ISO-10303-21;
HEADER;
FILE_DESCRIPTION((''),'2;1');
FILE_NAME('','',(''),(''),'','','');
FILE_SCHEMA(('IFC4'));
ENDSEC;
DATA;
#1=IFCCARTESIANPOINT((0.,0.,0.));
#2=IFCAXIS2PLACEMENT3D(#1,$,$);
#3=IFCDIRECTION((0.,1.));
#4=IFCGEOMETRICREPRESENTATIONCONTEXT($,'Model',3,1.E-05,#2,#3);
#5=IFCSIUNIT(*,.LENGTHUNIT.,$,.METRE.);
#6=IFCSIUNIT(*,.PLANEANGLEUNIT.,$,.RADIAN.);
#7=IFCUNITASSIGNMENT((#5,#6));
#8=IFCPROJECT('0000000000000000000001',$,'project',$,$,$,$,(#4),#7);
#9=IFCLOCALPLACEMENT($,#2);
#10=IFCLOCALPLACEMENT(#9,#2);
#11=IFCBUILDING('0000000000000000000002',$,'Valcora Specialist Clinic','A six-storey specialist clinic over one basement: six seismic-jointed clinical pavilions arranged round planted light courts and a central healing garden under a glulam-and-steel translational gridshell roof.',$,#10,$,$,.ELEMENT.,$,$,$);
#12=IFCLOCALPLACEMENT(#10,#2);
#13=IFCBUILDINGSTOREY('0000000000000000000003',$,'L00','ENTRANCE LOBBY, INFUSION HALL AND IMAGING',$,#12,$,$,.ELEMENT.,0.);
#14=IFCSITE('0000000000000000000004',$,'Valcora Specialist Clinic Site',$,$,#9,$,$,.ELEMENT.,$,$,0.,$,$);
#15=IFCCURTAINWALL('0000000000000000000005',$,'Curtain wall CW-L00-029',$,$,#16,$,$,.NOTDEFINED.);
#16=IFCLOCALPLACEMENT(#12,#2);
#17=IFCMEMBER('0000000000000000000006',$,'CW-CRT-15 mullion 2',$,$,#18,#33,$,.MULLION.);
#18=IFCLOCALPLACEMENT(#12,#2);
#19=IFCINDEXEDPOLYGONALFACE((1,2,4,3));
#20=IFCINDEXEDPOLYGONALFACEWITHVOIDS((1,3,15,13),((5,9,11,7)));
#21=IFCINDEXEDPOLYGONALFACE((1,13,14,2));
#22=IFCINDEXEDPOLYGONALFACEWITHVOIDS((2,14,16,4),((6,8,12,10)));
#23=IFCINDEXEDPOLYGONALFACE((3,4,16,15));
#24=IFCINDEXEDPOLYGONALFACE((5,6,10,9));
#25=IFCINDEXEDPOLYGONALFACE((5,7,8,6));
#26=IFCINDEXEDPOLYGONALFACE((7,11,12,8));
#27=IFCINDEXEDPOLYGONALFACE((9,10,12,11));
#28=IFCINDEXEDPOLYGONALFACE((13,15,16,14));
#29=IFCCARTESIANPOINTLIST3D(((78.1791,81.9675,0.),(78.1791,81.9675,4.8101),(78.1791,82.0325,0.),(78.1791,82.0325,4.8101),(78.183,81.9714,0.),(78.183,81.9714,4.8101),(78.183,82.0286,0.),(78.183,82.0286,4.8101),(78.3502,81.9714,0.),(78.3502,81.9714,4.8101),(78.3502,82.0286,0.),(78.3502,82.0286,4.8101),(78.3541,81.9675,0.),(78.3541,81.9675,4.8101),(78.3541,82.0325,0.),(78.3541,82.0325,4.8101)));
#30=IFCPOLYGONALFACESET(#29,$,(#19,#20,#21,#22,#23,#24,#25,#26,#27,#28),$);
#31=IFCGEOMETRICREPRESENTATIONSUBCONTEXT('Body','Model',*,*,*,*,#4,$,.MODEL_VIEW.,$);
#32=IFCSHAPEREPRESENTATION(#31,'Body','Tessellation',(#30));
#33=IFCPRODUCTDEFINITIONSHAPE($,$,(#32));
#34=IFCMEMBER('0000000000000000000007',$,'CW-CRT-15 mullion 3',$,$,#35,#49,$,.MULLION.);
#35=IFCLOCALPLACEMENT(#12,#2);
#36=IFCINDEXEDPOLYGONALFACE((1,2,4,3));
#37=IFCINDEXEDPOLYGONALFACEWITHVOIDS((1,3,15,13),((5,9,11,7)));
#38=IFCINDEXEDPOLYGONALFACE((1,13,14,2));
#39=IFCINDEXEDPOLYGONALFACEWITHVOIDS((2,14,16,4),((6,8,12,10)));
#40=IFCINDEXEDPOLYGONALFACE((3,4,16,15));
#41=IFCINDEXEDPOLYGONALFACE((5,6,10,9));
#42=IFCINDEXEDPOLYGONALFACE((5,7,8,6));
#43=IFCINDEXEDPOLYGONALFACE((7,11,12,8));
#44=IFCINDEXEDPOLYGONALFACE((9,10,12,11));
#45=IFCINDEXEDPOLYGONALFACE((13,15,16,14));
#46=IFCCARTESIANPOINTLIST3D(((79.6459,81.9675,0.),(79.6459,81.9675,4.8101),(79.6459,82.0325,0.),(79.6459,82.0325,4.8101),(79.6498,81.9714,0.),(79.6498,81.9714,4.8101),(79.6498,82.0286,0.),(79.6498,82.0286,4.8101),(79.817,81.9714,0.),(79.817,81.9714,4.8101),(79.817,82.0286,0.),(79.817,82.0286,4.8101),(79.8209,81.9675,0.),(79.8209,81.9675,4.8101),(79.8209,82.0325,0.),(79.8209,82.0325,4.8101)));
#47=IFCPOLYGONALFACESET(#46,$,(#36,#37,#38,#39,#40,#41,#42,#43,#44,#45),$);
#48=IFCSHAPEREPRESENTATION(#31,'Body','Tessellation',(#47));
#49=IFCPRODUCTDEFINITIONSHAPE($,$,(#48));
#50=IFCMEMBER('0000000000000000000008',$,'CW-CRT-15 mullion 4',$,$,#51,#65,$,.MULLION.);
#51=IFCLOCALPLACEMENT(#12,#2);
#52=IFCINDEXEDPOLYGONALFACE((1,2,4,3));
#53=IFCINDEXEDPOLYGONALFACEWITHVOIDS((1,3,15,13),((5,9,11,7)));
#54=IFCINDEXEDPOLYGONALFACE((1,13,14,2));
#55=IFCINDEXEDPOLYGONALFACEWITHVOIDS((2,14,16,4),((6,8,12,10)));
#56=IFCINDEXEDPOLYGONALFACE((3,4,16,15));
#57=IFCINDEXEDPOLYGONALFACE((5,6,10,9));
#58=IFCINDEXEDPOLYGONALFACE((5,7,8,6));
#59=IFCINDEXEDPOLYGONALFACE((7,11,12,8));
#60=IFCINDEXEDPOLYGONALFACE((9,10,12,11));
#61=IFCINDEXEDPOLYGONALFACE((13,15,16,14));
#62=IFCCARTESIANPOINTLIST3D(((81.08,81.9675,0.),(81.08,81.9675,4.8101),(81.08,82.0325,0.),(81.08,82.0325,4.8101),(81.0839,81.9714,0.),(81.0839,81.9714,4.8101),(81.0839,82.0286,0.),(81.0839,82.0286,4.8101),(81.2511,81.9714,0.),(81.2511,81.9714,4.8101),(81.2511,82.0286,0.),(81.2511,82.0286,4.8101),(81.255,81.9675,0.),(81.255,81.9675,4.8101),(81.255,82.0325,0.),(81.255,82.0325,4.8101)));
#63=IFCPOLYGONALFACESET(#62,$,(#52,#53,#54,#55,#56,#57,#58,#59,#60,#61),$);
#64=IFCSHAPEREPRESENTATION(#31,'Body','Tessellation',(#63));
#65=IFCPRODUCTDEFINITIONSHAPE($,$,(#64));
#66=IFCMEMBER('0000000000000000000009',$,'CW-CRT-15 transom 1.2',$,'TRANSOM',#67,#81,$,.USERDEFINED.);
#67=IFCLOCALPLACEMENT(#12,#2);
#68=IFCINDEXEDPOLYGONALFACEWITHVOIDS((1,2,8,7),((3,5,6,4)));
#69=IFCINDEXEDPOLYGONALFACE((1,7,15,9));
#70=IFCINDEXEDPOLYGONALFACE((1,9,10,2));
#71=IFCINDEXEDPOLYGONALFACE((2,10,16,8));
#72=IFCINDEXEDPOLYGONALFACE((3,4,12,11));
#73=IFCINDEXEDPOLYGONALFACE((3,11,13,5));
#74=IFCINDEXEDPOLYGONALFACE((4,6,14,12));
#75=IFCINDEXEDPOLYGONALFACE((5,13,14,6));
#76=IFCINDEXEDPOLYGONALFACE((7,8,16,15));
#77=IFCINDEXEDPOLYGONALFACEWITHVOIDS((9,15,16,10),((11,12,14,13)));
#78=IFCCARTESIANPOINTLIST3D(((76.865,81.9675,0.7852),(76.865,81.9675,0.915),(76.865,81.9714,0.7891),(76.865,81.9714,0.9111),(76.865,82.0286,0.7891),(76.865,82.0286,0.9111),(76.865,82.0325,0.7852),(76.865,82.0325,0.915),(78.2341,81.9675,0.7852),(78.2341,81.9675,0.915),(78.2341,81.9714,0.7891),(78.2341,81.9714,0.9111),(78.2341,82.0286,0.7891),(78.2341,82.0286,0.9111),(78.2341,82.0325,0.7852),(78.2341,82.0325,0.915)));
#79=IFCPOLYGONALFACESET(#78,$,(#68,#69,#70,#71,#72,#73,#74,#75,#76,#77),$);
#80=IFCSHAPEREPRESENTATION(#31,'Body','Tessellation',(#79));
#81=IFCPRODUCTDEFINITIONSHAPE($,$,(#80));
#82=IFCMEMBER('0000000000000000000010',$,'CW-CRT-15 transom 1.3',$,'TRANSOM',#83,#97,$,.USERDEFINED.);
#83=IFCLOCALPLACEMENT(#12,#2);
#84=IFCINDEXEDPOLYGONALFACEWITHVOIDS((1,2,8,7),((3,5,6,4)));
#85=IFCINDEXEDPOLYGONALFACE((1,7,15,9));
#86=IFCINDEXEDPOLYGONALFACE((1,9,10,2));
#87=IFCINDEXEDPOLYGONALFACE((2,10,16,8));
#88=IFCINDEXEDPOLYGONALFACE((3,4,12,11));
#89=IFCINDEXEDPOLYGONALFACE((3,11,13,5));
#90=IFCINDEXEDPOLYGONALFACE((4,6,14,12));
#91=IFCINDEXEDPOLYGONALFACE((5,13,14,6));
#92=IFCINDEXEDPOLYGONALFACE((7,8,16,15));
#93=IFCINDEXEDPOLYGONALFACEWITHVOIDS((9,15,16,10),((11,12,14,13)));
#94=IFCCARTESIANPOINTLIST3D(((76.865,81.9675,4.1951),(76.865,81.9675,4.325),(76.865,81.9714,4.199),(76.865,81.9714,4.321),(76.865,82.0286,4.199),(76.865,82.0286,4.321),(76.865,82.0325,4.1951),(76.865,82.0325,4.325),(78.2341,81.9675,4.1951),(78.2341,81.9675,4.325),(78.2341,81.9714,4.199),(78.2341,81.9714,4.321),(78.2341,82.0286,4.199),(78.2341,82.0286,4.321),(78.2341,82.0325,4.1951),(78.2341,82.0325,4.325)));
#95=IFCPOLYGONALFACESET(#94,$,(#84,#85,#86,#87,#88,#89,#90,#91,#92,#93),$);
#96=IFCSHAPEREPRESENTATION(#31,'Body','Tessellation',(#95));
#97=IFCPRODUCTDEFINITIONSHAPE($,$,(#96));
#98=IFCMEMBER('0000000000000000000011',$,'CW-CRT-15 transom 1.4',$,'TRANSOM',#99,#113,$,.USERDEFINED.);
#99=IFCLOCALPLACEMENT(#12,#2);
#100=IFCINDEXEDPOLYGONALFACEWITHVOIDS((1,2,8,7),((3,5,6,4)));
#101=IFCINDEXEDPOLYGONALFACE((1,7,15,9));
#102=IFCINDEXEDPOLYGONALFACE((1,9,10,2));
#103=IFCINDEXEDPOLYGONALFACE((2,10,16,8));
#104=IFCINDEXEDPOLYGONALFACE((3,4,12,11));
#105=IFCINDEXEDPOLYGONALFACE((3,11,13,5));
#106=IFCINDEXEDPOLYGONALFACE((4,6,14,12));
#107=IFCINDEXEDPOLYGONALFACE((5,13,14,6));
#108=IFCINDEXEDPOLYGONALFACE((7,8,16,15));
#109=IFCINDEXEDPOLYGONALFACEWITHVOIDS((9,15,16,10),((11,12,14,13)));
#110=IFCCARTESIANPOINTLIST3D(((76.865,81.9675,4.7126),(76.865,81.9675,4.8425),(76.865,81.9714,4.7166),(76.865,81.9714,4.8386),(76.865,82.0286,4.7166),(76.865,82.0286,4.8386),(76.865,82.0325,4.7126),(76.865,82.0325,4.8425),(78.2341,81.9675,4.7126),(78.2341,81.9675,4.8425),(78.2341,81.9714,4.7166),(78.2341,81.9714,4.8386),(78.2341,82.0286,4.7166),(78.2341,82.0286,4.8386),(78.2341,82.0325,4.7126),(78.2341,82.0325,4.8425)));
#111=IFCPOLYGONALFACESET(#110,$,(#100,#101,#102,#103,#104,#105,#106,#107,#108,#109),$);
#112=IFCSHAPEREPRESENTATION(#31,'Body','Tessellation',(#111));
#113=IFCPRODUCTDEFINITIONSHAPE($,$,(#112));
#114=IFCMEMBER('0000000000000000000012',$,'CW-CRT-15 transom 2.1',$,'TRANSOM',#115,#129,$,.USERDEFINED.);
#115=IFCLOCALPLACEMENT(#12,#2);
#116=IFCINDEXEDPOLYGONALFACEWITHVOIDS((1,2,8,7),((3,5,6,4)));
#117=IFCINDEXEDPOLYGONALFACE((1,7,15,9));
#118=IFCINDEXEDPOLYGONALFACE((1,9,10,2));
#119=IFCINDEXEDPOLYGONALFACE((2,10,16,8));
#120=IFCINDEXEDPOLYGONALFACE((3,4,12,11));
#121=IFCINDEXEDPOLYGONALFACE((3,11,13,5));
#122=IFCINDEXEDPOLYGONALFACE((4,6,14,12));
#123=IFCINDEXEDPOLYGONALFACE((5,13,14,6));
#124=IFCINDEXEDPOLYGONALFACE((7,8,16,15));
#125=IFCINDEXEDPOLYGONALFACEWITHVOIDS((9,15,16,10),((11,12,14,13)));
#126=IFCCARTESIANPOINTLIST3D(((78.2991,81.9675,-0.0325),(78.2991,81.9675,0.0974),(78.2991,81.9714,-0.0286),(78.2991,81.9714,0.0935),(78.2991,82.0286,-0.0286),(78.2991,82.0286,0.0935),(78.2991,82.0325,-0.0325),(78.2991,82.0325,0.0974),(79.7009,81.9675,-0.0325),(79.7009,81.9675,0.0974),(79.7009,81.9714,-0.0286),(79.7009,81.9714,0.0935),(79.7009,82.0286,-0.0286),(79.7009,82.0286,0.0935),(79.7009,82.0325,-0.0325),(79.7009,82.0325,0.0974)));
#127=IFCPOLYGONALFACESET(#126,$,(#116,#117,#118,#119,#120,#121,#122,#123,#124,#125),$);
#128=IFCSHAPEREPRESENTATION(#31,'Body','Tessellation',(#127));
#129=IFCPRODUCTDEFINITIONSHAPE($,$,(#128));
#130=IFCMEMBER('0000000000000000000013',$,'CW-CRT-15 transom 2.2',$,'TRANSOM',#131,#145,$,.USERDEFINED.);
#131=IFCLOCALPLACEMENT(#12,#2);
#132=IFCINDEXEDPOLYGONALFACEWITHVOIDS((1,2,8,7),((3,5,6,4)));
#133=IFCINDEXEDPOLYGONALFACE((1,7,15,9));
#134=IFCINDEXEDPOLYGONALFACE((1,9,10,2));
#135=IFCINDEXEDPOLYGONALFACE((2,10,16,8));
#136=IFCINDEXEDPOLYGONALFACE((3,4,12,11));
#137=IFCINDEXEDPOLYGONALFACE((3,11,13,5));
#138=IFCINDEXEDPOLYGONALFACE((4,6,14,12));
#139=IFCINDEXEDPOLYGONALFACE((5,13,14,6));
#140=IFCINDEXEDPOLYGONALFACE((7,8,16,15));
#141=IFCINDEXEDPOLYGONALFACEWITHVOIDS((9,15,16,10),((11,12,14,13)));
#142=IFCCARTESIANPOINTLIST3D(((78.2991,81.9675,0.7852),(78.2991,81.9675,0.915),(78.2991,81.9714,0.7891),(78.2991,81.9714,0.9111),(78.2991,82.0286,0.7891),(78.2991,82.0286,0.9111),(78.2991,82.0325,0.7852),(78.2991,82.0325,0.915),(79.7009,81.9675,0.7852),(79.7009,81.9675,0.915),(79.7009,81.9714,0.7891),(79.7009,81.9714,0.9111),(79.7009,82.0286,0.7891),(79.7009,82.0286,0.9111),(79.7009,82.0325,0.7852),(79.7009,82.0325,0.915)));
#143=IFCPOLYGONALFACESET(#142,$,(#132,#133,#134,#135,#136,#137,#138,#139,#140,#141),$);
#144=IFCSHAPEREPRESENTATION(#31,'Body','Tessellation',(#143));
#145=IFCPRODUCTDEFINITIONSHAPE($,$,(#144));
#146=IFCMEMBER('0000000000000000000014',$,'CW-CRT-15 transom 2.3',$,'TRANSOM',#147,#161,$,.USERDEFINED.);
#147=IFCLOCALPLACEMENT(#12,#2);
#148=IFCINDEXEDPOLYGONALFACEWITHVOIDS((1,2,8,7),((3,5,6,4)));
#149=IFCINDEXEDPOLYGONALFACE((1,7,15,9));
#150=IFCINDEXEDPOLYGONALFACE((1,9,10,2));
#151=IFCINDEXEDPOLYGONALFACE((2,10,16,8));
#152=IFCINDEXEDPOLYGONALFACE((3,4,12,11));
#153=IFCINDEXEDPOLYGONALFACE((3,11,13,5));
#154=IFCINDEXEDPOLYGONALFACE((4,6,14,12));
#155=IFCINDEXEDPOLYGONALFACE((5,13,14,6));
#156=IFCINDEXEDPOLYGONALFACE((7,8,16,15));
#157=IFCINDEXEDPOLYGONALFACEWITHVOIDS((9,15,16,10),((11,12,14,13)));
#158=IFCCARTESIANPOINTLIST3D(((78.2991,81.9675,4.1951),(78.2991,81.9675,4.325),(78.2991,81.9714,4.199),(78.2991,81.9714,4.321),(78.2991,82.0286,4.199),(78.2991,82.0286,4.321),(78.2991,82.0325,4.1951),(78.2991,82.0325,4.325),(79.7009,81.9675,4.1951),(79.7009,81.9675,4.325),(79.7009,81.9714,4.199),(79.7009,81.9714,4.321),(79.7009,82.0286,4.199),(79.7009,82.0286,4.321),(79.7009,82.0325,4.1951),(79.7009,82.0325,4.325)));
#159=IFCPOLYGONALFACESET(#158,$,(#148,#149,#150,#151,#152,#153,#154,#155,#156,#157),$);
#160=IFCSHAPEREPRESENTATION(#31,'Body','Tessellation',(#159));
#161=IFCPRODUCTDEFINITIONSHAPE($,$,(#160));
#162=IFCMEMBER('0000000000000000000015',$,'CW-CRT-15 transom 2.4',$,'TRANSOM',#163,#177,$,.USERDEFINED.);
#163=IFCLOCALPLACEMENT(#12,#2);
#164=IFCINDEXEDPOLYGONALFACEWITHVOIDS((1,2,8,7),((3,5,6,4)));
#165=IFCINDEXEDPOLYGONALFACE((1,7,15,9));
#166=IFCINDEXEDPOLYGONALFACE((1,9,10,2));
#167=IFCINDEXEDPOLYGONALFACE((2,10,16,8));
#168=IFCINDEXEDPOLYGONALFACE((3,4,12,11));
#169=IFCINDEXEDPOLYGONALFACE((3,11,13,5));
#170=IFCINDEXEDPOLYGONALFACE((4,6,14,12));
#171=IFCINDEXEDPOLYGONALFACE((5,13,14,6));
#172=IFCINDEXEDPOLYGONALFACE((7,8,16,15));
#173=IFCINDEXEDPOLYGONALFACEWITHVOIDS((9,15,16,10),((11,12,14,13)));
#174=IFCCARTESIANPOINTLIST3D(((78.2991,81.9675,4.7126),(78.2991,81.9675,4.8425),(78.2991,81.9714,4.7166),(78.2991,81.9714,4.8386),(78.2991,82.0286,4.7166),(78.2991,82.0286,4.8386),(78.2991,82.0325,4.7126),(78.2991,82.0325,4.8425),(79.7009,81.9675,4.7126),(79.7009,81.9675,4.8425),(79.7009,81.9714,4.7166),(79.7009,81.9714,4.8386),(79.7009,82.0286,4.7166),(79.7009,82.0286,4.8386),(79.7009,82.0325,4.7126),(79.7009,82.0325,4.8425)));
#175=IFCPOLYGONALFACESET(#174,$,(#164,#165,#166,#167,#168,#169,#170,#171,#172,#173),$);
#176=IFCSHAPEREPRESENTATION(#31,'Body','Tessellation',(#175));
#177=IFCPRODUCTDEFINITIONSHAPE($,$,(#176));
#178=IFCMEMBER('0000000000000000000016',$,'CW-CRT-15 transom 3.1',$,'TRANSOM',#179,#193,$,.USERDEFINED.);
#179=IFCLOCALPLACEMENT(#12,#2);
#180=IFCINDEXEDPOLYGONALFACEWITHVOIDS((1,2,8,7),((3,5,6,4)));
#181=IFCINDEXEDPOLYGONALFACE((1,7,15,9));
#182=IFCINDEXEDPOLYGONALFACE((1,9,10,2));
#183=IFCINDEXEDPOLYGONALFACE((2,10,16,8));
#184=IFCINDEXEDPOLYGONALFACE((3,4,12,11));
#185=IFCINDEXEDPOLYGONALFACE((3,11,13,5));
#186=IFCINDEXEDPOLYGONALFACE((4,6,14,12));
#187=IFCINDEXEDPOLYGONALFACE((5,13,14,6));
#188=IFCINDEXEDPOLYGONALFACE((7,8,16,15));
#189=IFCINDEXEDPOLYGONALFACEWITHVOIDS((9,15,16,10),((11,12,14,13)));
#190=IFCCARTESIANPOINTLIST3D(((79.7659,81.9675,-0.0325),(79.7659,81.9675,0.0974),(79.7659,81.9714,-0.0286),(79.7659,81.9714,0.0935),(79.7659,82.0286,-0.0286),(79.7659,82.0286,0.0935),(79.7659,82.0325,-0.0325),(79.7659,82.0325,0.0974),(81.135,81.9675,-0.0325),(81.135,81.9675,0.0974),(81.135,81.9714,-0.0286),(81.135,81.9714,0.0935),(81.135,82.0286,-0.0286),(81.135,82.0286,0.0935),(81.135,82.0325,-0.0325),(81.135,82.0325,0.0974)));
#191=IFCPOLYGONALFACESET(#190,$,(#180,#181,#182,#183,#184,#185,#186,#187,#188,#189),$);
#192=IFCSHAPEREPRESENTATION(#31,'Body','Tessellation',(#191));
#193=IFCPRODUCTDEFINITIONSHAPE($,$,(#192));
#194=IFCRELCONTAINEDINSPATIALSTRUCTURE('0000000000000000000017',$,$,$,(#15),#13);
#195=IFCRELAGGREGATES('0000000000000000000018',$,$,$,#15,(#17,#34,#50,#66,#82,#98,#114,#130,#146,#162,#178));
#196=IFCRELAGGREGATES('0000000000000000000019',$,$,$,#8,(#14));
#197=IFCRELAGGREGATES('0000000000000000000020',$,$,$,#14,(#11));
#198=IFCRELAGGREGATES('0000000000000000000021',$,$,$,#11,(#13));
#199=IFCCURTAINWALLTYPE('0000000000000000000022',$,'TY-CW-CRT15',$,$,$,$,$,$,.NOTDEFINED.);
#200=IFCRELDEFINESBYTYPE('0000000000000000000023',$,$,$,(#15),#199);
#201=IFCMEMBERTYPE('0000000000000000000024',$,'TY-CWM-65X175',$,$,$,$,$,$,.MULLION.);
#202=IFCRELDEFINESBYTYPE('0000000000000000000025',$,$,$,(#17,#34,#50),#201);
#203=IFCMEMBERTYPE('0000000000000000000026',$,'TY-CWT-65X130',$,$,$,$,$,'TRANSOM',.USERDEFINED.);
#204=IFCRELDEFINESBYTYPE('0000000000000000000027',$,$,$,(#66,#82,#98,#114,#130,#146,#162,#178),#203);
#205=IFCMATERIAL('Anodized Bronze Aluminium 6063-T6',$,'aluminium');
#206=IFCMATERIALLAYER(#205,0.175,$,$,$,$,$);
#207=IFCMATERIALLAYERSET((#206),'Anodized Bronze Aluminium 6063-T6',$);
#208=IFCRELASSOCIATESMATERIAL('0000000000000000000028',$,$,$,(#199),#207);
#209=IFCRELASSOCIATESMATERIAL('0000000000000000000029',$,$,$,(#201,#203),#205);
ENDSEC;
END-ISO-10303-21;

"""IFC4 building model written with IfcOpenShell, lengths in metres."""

from ifc_helpers import new_model, si_unit, direction, frame, origin, origin_2d, place, context, subcontext, project, spatial, hollow_rectangle, extrude, material, layer, layer_set, material_profile, profile_set, type_object, element, aggregate, save


model = new_model("IFC4")

# Units and contexts
model_context = context("Model", 3, precision=1e-05, world=origin(), true_north=direction((0.0, 1.0)))
body_context = subcontext(model_context, "Body", "Model", "MODEL_VIEW")
ifc_project = project(units=[si_unit("LENGTHUNIT", "METRE"), si_unit("PLANEANGLEUNIT", "RADIAN")], contexts=[model_context])

# Site, building, storey
site_placement = place(None, origin())
site = spatial("IfcSite", under=ifc_project, at=site_placement, Name="Valcora Specialist Clinic Site", CompositionType="ELEMENT", RefElevation=0.0)
building_placement = place(site_placement, origin())
building = spatial("IfcBuilding", under=site, at=building_placement, Name="Valcora Specialist Clinic", Description="A six-storey specialist clinic over one basement: six seismic-jointed clinical pavilions arranged round planted light courts and a central healing garden under a glulam-and-steel translational gridshell roof.", CompositionType="ELEMENT")
storey_placement = place(building_placement, origin())
storey = spatial("IfcBuildingStorey", under=building, at=storey_placement, Name="L00", Description="ENTRANCE LOBBY, INFUSION HALL AND IMAGING", CompositionType="ELEMENT", Elevation=0.0)

# Curtain wall, members
ifc_material_1 = material(Name="Anodized Bronze Aluminium 6063-T6", Category="aluminium")
ifc_layer_1 = layer(ifc_material_1, 0.175)
ifc_layer_set_1 = layer_set([ifc_layer_1], Name="Anodized Bronze Aluminium 6063-T6")
curtain_wall_type = type_object("IfcCurtainWallType", Name="TY-CW-CRT15", PredefinedType="NOTDEFINED", material=ifc_layer_set_1)
curtain_wall_placement = place(storey_placement, origin())
curtain_wall = element("IfcCurtainWall", 1, at=curtain_wall_placement, inside=storey, type_object=curtain_wall_type, Name="Curtain wall CW-L00-029", PredefinedType="NOTDEFINED")
ifc_material_profile_1 = material_profile(ifc_material_1, hollow_rectangle(XDim=0.0649, YDim=0.175, WallThickness=0.0039, at=origin_2d()), Name="AL-MUL-65X175")
ifc_profile_set_1 = profile_set([ifc_material_profile_1], Name="Anodized Bronze Aluminium 6063-T6")
member_type_1 = type_object("IfcMemberType", Name="TY-CWM-65X175", PredefinedType="MULLION", material=ifc_profile_set_1)
member_1_placement = place(storey_placement, frame((78.2666, 82.0, 0.0), z_axis=(0.0, 0.0, 1.0), x_axis=(0.0, 1.0, 0.0)))
member_1 = element("IfcMember", 2, at=member_1_placement, type_object=member_type_1, Name="CW-CRT-15 mullion 2", PredefinedType="MULLION", context=body_context, shape_type="SweptSolid", body=[
    extrude(hollow_rectangle(XDim=0.0649, YDim=0.175, WallThickness=0.0039, at=origin_2d()), origin(), (0.0, 0.0, 1.0), 4.8101),
])
member_2_placement = place(storey_placement, frame((79.7334, 82.0, 0.0), z_axis=(0.0, 0.0, 1.0), x_axis=(0.0, 1.0, 0.0)))
member_2 = element("IfcMember", 3, at=member_2_placement, type_object=member_type_1, Name="CW-CRT-15 mullion 3", PredefinedType="MULLION", context=body_context, shape_type="SweptSolid", body=[
    extrude(hollow_rectangle(XDim=0.0649, YDim=0.175, WallThickness=0.0039, at=origin_2d()), origin(), (0.0, 0.0, 1.0), 4.8101),
])
member_3_placement = place(storey_placement, frame((81.1675, 82.0, 0.0), z_axis=(0.0, 0.0, 1.0), x_axis=(0.0, 1.0, 0.0)))
member_3 = element("IfcMember", 4, at=member_3_placement, type_object=member_type_1, Name="CW-CRT-15 mullion 4", PredefinedType="MULLION", context=body_context, shape_type="SweptSolid", body=[
    extrude(hollow_rectangle(XDim=0.0649, YDim=0.175, WallThickness=0.0039, at=origin_2d()), origin(), (0.0, 0.0, 1.0), 4.8101),
])
ifc_material_profile_2 = material_profile(ifc_material_1, hollow_rectangle(XDim=0.0649, YDim=0.1299, WallThickness=0.0039, at=origin_2d()), Name="AL-TRN-65X130")
ifc_profile_set_2 = profile_set([ifc_material_profile_2], Name="Anodized Bronze Aluminium 6063-T6")
member_type_2 = type_object("IfcMemberType", Name="TY-CWT-65X130", ElementType="TRANSOM", PredefinedType="USERDEFINED", material=ifc_profile_set_2)
member_4_placement = place(storey_placement, frame((76.865, 82.0, 0.8501), z_axis=(1.0, 0.0, 0.0), x_axis=(0.0, 1.0, 0.0)))
member_4 = element("IfcMember", 5, at=member_4_placement, type_object=member_type_2, Name="CW-CRT-15 transom 1.2", ObjectType="TRANSOM", PredefinedType="USERDEFINED", context=body_context, shape_type="SweptSolid", body=[
    extrude(hollow_rectangle(XDim=0.0649, YDim=0.1299, WallThickness=0.0039, at=origin_2d()), origin(), (0.0, 0.0, 1.0), 1.3691),
])
member_5_placement = place(storey_placement, frame((76.865, 82.0, 4.26), z_axis=(1.0, 0.0, 0.0), x_axis=(0.0, 1.0, 0.0)))
member_5 = element("IfcMember", 6, at=member_5_placement, type_object=member_type_2, Name="CW-CRT-15 transom 1.3", ObjectType="TRANSOM", PredefinedType="USERDEFINED", context=body_context, shape_type="SweptSolid", body=[
    extrude(hollow_rectangle(XDim=0.0649, YDim=0.1299, WallThickness=0.0039, at=origin_2d()), origin(), (0.0, 0.0, 1.0), 1.3691),
])
member_6_placement = place(storey_placement, frame((76.865, 82.0, 4.7776), z_axis=(1.0, 0.0, 0.0), x_axis=(0.0, 1.0, 0.0)))
member_6 = element("IfcMember", 7, at=member_6_placement, type_object=member_type_2, Name="CW-CRT-15 transom 1.4", ObjectType="TRANSOM", PredefinedType="USERDEFINED", context=body_context, shape_type="SweptSolid", body=[
    extrude(hollow_rectangle(XDim=0.0649, YDim=0.1299, WallThickness=0.0039, at=origin_2d()), origin(), (0.0, 0.0, 1.0), 1.3691),
])
member_7_placement = place(storey_placement, frame((78.2991, 82.0, 0.0325), z_axis=(1.0, 0.0, 0.0), x_axis=(0.0, 1.0, 0.0)))
member_7 = element("IfcMember", 8, at=member_7_placement, type_object=member_type_2, Name="CW-CRT-15 transom 2.1", ObjectType="TRANSOM", PredefinedType="USERDEFINED", context=body_context, shape_type="SweptSolid", body=[
    extrude(hollow_rectangle(XDim=0.0649, YDim=0.1299, WallThickness=0.0039, at=origin_2d()), origin(), (0.0, 0.0, 1.0), 1.4019),
])
member_8_placement = place(storey_placement, frame((78.2991, 82.0, 0.8501), z_axis=(1.0, 0.0, 0.0), x_axis=(0.0, 1.0, 0.0)))
member_8 = element("IfcMember", 9, at=member_8_placement, type_object=member_type_2, Name="CW-CRT-15 transom 2.2", ObjectType="TRANSOM", PredefinedType="USERDEFINED", context=body_context, shape_type="SweptSolid", body=[
    extrude(hollow_rectangle(XDim=0.0649, YDim=0.1299, WallThickness=0.0039, at=origin_2d()), origin(), (0.0, 0.0, 1.0), 1.4019),
])
member_9_placement = place(storey_placement, frame((78.2991, 82.0, 4.26), z_axis=(1.0, 0.0, 0.0), x_axis=(0.0, 1.0, 0.0)))
member_9 = element("IfcMember", 10, at=member_9_placement, type_object=member_type_2, Name="CW-CRT-15 transom 2.3", ObjectType="TRANSOM", PredefinedType="USERDEFINED", context=body_context, shape_type="SweptSolid", body=[
    extrude(hollow_rectangle(XDim=0.0649, YDim=0.1299, WallThickness=0.0039, at=origin_2d()), origin(), (0.0, 0.0, 1.0), 1.4019),
])
member_10_placement = place(storey_placement, frame((78.2991, 82.0, 4.7776), z_axis=(1.0, 0.0, 0.0), x_axis=(0.0, 1.0, 0.0)))
member_10 = element("IfcMember", 11, at=member_10_placement, type_object=member_type_2, Name="CW-CRT-15 transom 2.4", ObjectType="TRANSOM", PredefinedType="USERDEFINED", context=body_context, shape_type="SweptSolid", body=[
    extrude(hollow_rectangle(XDim=0.0649, YDim=0.1299, WallThickness=0.0039, at=origin_2d()), origin(), (0.0, 0.0, 1.0), 1.4019),
])
member_11_placement = place(storey_placement, frame((79.7659, 82.0, 0.0325), z_axis=(1.0, 0.0, 0.0), x_axis=(0.0, 1.0, 0.0)))
member_11 = element("IfcMember", 12, at=member_11_placement, type_object=member_type_2, Name="CW-CRT-15 transom 3.1", ObjectType="TRANSOM", PredefinedType="USERDEFINED", context=body_context, shape_type="SweptSolid", body=[
    extrude(hollow_rectangle(XDim=0.0649, YDim=0.1299, WallThickness=0.0039, at=origin_2d()), origin(), (0.0, 0.0, 1.0), 1.3691),
])
aggregate(curtain_wall, [member_1, member_2, member_3, member_4, member_5, member_6, member_7, member_8, member_9, member_10, member_11])

save(model, "model.ifc")
